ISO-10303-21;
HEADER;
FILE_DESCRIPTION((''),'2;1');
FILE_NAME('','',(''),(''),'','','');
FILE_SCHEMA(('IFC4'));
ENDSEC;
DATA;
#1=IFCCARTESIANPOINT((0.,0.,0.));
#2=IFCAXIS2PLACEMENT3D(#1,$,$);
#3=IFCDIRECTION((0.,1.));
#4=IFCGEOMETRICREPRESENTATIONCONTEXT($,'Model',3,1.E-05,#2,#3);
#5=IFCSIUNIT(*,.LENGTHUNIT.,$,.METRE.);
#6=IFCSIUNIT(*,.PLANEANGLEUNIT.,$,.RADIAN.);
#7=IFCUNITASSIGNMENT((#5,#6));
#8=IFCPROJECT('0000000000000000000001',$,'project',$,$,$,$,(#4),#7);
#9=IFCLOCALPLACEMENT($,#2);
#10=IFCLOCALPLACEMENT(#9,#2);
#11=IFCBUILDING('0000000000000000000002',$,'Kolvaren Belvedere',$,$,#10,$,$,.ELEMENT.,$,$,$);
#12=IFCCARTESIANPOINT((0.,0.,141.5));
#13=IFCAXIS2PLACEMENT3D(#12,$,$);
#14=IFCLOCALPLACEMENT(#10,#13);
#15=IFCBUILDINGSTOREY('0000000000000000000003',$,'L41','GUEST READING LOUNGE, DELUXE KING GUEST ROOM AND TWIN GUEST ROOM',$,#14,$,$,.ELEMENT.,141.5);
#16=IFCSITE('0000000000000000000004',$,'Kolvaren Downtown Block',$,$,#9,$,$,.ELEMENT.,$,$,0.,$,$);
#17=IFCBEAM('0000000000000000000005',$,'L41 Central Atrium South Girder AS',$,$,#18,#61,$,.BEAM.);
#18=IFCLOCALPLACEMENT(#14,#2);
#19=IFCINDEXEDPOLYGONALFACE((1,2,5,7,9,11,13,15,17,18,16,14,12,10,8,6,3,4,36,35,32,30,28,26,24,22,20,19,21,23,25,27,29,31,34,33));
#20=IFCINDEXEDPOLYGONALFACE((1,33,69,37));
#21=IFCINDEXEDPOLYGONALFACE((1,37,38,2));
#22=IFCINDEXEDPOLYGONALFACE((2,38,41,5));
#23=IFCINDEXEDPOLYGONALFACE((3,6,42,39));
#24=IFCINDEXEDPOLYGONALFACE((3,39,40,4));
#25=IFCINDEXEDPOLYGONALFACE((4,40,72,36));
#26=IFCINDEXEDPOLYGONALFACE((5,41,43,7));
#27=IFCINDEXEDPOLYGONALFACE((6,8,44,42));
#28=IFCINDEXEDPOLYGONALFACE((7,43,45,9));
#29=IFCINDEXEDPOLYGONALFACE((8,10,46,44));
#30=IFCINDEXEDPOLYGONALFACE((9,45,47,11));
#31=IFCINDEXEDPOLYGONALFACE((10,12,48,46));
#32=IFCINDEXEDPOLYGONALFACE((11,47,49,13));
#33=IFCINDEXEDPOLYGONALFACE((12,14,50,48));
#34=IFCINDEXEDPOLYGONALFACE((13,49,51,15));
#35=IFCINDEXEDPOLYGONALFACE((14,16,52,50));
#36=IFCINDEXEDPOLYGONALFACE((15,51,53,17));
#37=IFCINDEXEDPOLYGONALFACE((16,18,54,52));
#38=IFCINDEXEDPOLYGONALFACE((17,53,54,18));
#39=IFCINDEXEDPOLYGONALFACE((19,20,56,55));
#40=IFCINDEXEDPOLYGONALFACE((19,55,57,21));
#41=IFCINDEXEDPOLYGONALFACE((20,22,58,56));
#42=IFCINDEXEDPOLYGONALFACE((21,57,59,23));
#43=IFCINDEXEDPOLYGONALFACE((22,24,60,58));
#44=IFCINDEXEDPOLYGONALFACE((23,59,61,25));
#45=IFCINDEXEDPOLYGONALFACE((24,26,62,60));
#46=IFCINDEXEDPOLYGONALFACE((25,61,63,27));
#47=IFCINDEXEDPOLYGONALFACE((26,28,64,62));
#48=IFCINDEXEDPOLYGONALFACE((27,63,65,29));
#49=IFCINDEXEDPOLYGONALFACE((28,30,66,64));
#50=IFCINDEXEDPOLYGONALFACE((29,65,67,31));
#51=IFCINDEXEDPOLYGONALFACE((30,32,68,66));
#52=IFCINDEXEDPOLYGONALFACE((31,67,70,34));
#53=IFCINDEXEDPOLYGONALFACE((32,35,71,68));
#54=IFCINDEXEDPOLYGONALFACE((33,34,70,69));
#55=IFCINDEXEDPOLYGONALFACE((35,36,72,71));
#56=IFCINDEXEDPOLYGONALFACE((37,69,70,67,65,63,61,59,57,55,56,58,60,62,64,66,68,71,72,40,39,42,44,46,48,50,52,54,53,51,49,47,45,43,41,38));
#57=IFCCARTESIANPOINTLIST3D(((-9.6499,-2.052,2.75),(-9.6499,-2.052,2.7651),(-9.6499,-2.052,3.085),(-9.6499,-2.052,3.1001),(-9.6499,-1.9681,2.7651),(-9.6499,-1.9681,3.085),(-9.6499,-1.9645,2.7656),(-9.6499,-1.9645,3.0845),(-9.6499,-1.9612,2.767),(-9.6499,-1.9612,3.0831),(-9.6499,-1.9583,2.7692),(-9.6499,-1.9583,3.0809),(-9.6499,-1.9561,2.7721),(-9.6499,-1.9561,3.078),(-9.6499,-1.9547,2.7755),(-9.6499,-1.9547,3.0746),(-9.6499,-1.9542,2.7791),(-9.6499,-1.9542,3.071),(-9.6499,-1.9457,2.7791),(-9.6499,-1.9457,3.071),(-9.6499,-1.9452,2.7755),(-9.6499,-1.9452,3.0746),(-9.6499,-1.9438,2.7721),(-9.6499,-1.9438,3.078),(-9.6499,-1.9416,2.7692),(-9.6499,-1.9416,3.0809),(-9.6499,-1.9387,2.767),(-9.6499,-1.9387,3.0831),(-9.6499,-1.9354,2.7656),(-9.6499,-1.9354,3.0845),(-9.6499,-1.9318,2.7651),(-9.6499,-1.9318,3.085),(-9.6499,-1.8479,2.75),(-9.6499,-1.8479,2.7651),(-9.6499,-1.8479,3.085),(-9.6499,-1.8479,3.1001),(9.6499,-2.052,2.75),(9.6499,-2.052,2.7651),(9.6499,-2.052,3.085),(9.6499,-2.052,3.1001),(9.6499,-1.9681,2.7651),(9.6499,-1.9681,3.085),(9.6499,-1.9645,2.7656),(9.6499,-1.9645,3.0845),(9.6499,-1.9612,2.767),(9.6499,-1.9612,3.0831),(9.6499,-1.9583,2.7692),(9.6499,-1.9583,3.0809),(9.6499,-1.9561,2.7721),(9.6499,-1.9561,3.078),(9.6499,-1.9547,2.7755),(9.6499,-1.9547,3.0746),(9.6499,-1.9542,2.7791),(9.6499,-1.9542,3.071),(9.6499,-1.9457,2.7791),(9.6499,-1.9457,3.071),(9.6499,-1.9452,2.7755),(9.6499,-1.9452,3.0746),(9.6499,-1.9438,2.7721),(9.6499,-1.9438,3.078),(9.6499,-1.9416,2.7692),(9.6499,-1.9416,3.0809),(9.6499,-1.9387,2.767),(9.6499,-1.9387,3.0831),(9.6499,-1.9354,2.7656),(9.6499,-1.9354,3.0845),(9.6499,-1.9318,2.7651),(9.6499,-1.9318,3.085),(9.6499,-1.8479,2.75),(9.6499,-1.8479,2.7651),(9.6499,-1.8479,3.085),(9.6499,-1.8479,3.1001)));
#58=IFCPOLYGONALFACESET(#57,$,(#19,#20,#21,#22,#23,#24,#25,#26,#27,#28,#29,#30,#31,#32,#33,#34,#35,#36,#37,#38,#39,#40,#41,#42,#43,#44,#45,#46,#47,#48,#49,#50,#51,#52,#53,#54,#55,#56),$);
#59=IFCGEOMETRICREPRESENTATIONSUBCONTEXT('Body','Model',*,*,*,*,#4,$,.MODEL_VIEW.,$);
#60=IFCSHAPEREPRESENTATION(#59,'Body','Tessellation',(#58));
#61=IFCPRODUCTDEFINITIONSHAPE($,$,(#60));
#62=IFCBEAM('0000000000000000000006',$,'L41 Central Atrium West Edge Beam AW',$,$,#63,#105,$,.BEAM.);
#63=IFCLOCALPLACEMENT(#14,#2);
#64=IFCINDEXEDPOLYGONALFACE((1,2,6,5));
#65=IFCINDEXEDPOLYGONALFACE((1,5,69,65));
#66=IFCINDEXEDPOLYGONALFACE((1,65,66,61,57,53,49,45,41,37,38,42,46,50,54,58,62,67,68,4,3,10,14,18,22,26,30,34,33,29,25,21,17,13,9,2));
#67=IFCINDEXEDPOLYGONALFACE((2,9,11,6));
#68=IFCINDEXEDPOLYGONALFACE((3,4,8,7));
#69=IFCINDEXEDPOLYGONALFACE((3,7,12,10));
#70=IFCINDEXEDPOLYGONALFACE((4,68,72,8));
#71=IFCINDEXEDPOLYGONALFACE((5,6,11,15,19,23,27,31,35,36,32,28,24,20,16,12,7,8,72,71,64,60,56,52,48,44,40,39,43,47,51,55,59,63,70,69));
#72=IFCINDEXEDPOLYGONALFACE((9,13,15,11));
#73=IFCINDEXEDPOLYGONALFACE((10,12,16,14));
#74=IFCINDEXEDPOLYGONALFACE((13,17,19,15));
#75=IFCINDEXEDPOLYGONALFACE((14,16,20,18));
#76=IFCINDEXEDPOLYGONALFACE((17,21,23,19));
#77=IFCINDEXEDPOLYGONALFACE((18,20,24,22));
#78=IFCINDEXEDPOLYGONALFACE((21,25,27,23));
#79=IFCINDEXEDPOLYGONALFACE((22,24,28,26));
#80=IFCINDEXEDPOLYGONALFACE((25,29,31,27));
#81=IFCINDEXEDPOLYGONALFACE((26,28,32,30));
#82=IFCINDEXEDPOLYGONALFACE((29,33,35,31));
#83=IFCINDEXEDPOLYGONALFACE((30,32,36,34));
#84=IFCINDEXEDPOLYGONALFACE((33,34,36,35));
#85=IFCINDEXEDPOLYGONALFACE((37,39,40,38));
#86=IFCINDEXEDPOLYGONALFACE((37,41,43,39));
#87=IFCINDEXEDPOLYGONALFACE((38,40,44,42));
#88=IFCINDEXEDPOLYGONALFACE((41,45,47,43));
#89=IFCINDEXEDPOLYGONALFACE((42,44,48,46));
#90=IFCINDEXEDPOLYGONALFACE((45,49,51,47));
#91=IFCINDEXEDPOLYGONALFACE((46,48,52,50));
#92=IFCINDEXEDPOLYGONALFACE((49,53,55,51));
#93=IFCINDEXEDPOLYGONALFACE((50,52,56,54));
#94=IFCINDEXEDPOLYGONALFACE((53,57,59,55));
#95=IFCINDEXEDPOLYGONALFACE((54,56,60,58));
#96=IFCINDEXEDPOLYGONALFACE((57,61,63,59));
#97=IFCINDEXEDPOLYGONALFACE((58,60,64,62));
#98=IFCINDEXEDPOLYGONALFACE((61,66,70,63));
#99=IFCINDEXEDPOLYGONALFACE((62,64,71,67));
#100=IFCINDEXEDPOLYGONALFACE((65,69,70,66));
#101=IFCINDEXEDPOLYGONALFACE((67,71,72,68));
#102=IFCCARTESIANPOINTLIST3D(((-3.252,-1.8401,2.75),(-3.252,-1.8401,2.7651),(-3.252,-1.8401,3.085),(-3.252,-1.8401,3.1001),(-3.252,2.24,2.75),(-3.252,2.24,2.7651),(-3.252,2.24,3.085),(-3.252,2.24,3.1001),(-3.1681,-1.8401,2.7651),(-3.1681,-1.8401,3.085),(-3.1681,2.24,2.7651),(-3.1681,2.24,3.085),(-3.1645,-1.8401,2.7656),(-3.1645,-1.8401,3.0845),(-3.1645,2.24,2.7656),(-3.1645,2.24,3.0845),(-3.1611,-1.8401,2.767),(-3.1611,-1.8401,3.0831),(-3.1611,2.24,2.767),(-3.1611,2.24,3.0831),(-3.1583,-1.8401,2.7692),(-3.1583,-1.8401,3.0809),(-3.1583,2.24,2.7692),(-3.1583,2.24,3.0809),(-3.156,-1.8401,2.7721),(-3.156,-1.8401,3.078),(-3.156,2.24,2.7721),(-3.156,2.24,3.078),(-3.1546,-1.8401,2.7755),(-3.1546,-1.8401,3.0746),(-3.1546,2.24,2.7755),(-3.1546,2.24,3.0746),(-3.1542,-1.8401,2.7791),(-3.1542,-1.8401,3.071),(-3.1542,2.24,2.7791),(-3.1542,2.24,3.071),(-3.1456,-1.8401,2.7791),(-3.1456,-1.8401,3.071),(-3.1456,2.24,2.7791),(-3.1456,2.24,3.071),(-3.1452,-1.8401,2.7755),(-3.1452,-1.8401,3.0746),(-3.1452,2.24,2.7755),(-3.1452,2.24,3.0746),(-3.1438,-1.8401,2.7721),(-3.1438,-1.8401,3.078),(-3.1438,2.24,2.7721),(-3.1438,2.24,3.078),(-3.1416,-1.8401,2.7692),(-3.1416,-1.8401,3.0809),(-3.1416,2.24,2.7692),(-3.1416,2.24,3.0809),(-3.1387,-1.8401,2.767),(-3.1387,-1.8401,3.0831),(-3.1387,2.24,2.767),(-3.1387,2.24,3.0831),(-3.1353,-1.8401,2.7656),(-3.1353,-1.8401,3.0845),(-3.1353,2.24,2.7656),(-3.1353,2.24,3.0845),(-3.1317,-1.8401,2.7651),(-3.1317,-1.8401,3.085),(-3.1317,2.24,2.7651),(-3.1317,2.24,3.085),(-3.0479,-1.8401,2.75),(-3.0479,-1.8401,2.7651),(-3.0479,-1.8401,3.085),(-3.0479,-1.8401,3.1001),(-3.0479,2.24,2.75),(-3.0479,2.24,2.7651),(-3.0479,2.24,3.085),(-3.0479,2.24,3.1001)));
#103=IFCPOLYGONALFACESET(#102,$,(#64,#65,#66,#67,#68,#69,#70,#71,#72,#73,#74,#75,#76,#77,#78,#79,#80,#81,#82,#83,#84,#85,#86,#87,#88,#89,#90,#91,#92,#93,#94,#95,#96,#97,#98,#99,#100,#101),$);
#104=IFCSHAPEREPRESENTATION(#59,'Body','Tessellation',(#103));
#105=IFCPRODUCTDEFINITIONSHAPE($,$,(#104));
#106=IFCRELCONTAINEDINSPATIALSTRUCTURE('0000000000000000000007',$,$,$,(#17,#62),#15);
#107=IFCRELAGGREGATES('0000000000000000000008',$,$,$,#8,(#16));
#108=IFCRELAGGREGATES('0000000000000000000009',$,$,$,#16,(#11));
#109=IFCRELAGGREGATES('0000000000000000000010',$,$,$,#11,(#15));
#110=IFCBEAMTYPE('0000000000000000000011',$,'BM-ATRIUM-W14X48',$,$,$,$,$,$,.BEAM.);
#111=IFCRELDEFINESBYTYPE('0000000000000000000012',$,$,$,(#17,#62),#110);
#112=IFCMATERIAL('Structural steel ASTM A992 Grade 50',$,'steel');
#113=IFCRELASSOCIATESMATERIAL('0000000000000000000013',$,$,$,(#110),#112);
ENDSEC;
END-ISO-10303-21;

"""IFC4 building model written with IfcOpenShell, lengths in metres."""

from ifc_helpers import new_model, si_unit, direction, frame, origin, origin_2d, place, context, subcontext, project, spatial, i_section, extrude, material, material_profile, profile_set, type_object, element, save


model = new_model("IFC4")

# Units and contexts
model_context = context("Model", 3, precision=1e-05, world=origin(), true_north=direction((0.0, 1.0)))
body_context = subcontext(model_context, "Body", "Model", "MODEL_VIEW")
ifc_project = project(units=[si_unit("LENGTHUNIT", "METRE"), si_unit("PLANEANGLEUNIT", "RADIAN")], contexts=[model_context])

# Site, building, storey
site_placement = place(None, origin())
site = spatial("IfcSite", under=ifc_project, at=site_placement, Name="Kolvaren Downtown Block", CompositionType="ELEMENT", RefElevation=0.0)
building_placement = place(site_placement, origin())
building = spatial("IfcBuilding", under=site, at=building_placement, Name="Kolvaren Belvedere", CompositionType="ELEMENT")
storey_placement = place(building_placement, frame((0.0, 0.0, 141.5)))
storey = spatial("IfcBuildingStorey", under=building, at=storey_placement, Name="L41", Description="GUEST READING LOUNGE, DELUXE KING GUEST ROOM AND TWIN GUEST ROOM", CompositionType="ELEMENT", Elevation=141.5)

# Beams
ifc_material_1 = material(Name="Structural steel ASTM A992 Grade 50", Category="steel")
ifc_material_profile = material_profile(ifc_material_1, i_section(OverallWidth=0.2041, OverallDepth=0.3501, WebThickness=0.0085, FlangeThickness=0.0151, FilletRadius=0.0139, at=origin_2d()), Name="W14X48")
ifc_profile_set = profile_set([ifc_material_profile], Name="Structural steel ASTM A992 Grade 50")
beam_type = type_object("IfcBeamType", Name="BM-ATRIUM-W14X48", PredefinedType="BEAM", material=ifc_profile_set)
beam_1_placement = place(storey_placement, frame((-9.6499, -1.95, 2.925), z_axis=(1.0, 0.0, 0.0), x_axis=(0.0, 1.0, 0.0)))
element("IfcBeam", 1, at=beam_1_placement, inside=storey, type_object=beam_type, Name="L41 Central Atrium South Girder AS", PredefinedType="BEAM", context=body_context, shape_type="SweptSolid", body=[
    extrude(i_section(OverallWidth=0.2041, OverallDepth=0.3501, WebThickness=0.0085, FlangeThickness=0.0151, FilletRadius=0.0139, at=origin_2d()), origin(), (0.0, 0.0, 1.0), 19.2998),
])
beam_2_placement = place(storey_placement, frame((-3.1499, -1.8401, 2.925), z_axis=(0.0, 1.0, 0.0), x_axis=(-1.0, 0.0, 0.0)))
element("IfcBeam", 2, at=beam_2_placement, inside=storey, type_object=beam_type, Name="L41 Central Atrium West Edge Beam AW", PredefinedType="BEAM", context=body_context, shape_type="SweptSolid", body=[
    extrude(i_section(OverallWidth=0.2041, OverallDepth=0.3501, WebThickness=0.0085, FlangeThickness=0.0151, FilletRadius=0.0139, at=origin_2d()), origin(), (0.0, 0.0, 1.0), 4.0801),
])

save(model, "model.ifc")
